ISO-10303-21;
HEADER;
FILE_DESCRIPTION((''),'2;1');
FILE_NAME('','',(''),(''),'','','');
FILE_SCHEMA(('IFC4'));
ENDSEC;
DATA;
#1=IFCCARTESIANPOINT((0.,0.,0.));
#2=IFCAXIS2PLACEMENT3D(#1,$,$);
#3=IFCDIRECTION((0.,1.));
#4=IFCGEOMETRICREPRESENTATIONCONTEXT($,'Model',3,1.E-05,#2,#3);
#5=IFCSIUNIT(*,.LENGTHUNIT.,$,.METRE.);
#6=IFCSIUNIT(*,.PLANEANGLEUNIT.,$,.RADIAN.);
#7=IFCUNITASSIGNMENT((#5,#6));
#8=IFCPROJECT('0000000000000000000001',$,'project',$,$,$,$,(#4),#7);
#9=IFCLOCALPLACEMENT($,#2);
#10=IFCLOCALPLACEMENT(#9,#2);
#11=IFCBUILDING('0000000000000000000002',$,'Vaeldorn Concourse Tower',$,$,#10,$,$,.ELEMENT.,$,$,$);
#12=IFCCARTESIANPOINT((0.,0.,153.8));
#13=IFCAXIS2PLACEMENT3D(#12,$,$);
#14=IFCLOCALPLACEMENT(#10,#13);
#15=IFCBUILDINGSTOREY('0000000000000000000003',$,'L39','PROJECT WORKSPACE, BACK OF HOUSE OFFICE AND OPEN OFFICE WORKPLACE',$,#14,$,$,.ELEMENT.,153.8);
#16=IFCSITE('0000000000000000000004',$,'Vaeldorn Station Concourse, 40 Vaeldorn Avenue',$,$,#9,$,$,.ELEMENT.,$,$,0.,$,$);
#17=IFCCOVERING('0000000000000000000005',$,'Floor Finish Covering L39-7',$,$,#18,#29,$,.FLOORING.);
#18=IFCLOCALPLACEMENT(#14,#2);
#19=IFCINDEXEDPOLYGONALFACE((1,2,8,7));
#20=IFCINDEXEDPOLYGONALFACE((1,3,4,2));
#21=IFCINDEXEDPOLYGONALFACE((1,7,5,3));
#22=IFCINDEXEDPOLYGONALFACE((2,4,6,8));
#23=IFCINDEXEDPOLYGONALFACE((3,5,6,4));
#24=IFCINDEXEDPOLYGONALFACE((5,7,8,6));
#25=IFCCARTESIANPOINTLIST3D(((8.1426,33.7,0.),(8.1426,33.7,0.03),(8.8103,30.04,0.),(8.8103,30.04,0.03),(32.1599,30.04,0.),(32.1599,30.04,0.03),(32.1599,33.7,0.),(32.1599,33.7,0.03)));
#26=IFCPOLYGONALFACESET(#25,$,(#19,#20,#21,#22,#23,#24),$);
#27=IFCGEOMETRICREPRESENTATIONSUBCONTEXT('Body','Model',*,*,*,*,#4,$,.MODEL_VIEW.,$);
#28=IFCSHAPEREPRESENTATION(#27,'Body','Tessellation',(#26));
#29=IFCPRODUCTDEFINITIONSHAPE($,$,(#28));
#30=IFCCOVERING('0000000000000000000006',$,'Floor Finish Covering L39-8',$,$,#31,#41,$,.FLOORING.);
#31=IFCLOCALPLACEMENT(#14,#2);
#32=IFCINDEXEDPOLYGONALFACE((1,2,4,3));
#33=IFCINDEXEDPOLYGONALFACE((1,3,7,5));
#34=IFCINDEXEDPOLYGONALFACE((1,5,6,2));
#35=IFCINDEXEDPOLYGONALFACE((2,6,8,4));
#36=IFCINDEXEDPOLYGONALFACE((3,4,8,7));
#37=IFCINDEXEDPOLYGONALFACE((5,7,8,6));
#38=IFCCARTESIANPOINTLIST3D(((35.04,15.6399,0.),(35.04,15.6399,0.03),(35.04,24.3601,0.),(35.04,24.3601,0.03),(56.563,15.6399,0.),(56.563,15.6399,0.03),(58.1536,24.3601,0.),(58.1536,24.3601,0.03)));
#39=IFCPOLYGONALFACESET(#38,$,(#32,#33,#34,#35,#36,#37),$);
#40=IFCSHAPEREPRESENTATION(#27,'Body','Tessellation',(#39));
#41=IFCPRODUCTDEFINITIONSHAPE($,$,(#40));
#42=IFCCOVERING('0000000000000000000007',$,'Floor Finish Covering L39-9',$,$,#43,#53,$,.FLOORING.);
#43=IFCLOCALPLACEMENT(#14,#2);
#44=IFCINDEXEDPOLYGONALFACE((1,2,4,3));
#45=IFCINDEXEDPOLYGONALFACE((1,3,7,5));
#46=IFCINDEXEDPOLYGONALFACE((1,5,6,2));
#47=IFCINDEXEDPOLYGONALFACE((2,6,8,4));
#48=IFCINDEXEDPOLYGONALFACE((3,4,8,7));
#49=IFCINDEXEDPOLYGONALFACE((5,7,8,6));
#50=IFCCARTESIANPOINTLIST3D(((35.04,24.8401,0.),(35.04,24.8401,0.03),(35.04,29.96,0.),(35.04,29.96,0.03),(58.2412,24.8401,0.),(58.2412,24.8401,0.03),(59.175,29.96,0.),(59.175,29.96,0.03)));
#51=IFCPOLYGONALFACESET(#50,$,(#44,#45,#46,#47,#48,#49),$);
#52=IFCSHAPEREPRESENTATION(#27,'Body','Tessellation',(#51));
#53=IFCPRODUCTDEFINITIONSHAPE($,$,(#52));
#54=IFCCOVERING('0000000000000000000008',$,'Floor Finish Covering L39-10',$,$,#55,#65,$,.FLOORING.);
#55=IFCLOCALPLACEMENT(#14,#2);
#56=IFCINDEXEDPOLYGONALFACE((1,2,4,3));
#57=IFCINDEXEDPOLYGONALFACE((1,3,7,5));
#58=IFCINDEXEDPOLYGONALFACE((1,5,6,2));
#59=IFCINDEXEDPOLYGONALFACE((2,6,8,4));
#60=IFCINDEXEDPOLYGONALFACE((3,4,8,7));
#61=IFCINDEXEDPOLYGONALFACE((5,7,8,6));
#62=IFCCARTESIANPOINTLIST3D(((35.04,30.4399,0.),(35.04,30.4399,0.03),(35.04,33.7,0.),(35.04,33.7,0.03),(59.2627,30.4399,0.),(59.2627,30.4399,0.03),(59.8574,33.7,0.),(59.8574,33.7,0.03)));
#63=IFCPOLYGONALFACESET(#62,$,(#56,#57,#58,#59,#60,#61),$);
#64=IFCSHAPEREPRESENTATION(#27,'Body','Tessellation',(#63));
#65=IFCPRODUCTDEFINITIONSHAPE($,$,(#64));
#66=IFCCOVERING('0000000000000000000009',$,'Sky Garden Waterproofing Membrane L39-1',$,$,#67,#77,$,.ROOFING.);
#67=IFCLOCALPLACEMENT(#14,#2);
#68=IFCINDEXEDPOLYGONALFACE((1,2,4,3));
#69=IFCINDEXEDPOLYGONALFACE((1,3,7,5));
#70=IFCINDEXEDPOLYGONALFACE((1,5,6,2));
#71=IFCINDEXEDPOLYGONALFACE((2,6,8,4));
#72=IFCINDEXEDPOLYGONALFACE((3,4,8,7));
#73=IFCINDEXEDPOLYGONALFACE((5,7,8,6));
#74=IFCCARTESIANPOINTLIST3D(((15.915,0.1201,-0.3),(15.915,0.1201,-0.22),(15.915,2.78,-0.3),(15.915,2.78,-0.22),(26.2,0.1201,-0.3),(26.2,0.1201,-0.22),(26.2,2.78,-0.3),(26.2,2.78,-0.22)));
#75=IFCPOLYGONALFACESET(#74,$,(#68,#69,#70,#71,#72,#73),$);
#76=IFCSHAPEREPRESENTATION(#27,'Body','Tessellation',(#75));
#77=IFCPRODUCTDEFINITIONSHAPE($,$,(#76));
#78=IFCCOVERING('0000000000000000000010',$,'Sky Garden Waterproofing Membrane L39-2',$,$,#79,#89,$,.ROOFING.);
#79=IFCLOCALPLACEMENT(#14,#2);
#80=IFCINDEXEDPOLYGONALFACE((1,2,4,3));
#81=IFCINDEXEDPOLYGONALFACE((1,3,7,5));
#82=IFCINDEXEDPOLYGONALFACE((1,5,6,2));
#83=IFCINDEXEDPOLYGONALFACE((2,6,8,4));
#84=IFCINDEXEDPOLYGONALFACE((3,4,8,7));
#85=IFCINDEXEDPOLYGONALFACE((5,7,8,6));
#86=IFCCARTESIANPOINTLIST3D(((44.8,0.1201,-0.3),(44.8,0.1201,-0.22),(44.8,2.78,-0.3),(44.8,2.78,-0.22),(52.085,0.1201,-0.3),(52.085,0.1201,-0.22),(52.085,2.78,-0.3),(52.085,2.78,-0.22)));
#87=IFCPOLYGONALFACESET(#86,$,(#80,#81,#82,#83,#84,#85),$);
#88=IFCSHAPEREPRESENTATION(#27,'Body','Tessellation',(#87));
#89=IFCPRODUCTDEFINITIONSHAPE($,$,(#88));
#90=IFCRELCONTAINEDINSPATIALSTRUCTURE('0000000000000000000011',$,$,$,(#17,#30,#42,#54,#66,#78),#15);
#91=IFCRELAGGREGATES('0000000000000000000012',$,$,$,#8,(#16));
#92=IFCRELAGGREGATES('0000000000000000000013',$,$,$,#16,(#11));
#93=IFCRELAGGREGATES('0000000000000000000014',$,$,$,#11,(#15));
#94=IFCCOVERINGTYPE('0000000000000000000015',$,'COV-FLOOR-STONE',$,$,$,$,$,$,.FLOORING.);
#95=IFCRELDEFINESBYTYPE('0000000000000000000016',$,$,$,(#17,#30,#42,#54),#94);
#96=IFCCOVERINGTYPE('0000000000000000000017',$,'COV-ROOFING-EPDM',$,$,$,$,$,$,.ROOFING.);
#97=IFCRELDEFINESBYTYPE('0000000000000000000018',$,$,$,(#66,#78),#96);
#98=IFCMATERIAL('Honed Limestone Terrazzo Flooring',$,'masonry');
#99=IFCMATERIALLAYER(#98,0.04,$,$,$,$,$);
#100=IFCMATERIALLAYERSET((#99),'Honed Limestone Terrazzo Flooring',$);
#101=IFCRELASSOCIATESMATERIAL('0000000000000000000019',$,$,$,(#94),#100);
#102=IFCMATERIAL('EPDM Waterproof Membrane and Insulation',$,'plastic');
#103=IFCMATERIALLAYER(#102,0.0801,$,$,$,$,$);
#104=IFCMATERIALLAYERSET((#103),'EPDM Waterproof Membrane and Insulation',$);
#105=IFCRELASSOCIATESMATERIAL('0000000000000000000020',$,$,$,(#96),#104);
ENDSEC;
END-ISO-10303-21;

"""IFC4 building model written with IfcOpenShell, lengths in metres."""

from ifc_helpers import new_model, si_unit, direction, frame, origin, place, context, subcontext, project, spatial, polyline, outline, extrude, material, layer, layer_set, type_object, element, save


model = new_model("IFC4")

# Units and contexts
model_context = context("Model", 3, precision=1e-05, world=origin(), true_north=direction((0.0, 1.0)))
body_context = subcontext(model_context, "Body", "Model", "MODEL_VIEW")
ifc_project = project(units=[si_unit("LENGTHUNIT", "METRE"), si_unit("PLANEANGLEUNIT", "RADIAN")], contexts=[model_context])

# Site, building, storey
site_placement = place(None, origin())
site = spatial("IfcSite", under=ifc_project, at=site_placement, Name="Vaeldorn Station Concourse, 40 Vaeldorn Avenue", CompositionType="ELEMENT", RefElevation=0.0)
building_placement = place(site_placement, origin())
building = spatial("IfcBuilding", under=site, at=building_placement, Name="Vaeldorn Concourse Tower", CompositionType="ELEMENT")
storey_placement = place(building_placement, frame((0.0, 0.0, 153.8)))
storey = spatial("IfcBuildingStorey", under=building, at=storey_placement, Name="L39", Description="PROJECT WORKSPACE, BACK OF HOUSE OFFICE AND OPEN OFFICE WORKPLACE", CompositionType="ELEMENT", Elevation=153.8)

# Coverings
ifc_material_1 = material(Name="Honed Limestone Terrazzo Flooring", Category="masonry")
ifc_layer_1 = layer(ifc_material_1, 0.04)
ifc_layer_set_1 = layer_set([ifc_layer_1], Name="Honed Limestone Terrazzo Flooring")
covering_type_1 = type_object("IfcCoveringType", Name="COV-FLOOR-STONE", PredefinedType="FLOORING", material=ifc_layer_set_1)
covering_1_placement = place(storey_placement, origin())
element("IfcCovering", 1, at=covering_1_placement, inside=storey, type_object=covering_type_1, Name="Floor Finish Covering L39-7", PredefinedType="FLOORING", context=body_context, shape_type="SweptSolid", body=[
    extrude(outline(polyline([(32.1599, 33.7), (32.1599, 30.04), (8.8103, 30.04), (8.1426, 33.7), (32.1599, 33.7)])), origin(), (0.0, 0.0, 1.0), 0.03),
])
covering_2_placement = place(storey_placement, origin())
element("IfcCovering", 2, at=covering_2_placement, inside=storey, type_object=covering_type_1, Name="Floor Finish Covering L39-8", PredefinedType="FLOORING", context=body_context, shape_type="SweptSolid", body=[
    extrude(outline(polyline([(35.04, 15.6399), (35.04, 24.3601), (58.1536, 24.3601), (56.563, 15.6399), (35.04, 15.6399)])), origin(), (0.0, 0.0, 1.0), 0.03),
])
covering_3_placement = place(storey_placement, origin())
element("IfcCovering", 3, at=covering_3_placement, inside=storey, type_object=covering_type_1, Name="Floor Finish Covering L39-9", PredefinedType="FLOORING", context=body_context, shape_type="SweptSolid", body=[
    extrude(outline(polyline([(35.04, 24.8401), (35.04, 29.96), (59.175, 29.96), (58.2412, 24.8401), (35.04, 24.8401)])), origin(), (0.0, 0.0, 1.0), 0.03),
])
covering_4_placement = place(storey_placement, origin())
element("IfcCovering", 4, at=covering_4_placement, inside=storey, type_object=covering_type_1, Name="Floor Finish Covering L39-10", PredefinedType="FLOORING", context=body_context, shape_type="SweptSolid", body=[
    extrude(outline(polyline([(35.04, 30.4399), (35.04, 33.7), (59.8574, 33.7), (59.2627, 30.4399), (35.04, 30.4399)])), origin(), (0.0, 0.0, 1.0), 0.03),
])
ifc_material_2 = material(Name="EPDM Waterproof Membrane and Insulation", Category="plastic")
ifc_layer_2 = layer(ifc_material_2, 0.0801)
ifc_layer_set_2 = layer_set([ifc_layer_2], Name="EPDM Waterproof Membrane and Insulation")
covering_type_2 = type_object("IfcCoveringType", Name="COV-ROOFING-EPDM", PredefinedType="ROOFING", material=ifc_layer_set_2)
covering_5_placement = place(storey_placement, frame((0.0, 0.0, -0.3)))
element("IfcCovering", 5, at=covering_5_placement, inside=storey, type_object=covering_type_2, Name="Sky Garden Waterproofing Membrane L39-1", PredefinedType="ROOFING", context=body_context, shape_type="SweptSolid", body=[
    extrude(outline(polyline([(15.915, 0.1201), (26.2, 0.1201), (26.2, 2.78), (15.915, 2.78), (15.915, 0.1201)])), origin(), (0.0, 0.0, 1.0), 0.0801),
])
covering_6_placement = place(storey_placement, frame((0.0, 0.0, -0.3)))
element("IfcCovering", 6, at=covering_6_placement, inside=storey, type_object=covering_type_2, Name="Sky Garden Waterproofing Membrane L39-2", PredefinedType="ROOFING", context=body_context, shape_type="SweptSolid", body=[
    extrude(outline(polyline([(44.8, 0.1201), (52.085, 0.1201), (52.085, 2.78), (44.8, 2.78), (44.8, 0.1201)])), origin(), (0.0, 0.0, 1.0), 0.0801),
])

save(model, "model.ifc")
